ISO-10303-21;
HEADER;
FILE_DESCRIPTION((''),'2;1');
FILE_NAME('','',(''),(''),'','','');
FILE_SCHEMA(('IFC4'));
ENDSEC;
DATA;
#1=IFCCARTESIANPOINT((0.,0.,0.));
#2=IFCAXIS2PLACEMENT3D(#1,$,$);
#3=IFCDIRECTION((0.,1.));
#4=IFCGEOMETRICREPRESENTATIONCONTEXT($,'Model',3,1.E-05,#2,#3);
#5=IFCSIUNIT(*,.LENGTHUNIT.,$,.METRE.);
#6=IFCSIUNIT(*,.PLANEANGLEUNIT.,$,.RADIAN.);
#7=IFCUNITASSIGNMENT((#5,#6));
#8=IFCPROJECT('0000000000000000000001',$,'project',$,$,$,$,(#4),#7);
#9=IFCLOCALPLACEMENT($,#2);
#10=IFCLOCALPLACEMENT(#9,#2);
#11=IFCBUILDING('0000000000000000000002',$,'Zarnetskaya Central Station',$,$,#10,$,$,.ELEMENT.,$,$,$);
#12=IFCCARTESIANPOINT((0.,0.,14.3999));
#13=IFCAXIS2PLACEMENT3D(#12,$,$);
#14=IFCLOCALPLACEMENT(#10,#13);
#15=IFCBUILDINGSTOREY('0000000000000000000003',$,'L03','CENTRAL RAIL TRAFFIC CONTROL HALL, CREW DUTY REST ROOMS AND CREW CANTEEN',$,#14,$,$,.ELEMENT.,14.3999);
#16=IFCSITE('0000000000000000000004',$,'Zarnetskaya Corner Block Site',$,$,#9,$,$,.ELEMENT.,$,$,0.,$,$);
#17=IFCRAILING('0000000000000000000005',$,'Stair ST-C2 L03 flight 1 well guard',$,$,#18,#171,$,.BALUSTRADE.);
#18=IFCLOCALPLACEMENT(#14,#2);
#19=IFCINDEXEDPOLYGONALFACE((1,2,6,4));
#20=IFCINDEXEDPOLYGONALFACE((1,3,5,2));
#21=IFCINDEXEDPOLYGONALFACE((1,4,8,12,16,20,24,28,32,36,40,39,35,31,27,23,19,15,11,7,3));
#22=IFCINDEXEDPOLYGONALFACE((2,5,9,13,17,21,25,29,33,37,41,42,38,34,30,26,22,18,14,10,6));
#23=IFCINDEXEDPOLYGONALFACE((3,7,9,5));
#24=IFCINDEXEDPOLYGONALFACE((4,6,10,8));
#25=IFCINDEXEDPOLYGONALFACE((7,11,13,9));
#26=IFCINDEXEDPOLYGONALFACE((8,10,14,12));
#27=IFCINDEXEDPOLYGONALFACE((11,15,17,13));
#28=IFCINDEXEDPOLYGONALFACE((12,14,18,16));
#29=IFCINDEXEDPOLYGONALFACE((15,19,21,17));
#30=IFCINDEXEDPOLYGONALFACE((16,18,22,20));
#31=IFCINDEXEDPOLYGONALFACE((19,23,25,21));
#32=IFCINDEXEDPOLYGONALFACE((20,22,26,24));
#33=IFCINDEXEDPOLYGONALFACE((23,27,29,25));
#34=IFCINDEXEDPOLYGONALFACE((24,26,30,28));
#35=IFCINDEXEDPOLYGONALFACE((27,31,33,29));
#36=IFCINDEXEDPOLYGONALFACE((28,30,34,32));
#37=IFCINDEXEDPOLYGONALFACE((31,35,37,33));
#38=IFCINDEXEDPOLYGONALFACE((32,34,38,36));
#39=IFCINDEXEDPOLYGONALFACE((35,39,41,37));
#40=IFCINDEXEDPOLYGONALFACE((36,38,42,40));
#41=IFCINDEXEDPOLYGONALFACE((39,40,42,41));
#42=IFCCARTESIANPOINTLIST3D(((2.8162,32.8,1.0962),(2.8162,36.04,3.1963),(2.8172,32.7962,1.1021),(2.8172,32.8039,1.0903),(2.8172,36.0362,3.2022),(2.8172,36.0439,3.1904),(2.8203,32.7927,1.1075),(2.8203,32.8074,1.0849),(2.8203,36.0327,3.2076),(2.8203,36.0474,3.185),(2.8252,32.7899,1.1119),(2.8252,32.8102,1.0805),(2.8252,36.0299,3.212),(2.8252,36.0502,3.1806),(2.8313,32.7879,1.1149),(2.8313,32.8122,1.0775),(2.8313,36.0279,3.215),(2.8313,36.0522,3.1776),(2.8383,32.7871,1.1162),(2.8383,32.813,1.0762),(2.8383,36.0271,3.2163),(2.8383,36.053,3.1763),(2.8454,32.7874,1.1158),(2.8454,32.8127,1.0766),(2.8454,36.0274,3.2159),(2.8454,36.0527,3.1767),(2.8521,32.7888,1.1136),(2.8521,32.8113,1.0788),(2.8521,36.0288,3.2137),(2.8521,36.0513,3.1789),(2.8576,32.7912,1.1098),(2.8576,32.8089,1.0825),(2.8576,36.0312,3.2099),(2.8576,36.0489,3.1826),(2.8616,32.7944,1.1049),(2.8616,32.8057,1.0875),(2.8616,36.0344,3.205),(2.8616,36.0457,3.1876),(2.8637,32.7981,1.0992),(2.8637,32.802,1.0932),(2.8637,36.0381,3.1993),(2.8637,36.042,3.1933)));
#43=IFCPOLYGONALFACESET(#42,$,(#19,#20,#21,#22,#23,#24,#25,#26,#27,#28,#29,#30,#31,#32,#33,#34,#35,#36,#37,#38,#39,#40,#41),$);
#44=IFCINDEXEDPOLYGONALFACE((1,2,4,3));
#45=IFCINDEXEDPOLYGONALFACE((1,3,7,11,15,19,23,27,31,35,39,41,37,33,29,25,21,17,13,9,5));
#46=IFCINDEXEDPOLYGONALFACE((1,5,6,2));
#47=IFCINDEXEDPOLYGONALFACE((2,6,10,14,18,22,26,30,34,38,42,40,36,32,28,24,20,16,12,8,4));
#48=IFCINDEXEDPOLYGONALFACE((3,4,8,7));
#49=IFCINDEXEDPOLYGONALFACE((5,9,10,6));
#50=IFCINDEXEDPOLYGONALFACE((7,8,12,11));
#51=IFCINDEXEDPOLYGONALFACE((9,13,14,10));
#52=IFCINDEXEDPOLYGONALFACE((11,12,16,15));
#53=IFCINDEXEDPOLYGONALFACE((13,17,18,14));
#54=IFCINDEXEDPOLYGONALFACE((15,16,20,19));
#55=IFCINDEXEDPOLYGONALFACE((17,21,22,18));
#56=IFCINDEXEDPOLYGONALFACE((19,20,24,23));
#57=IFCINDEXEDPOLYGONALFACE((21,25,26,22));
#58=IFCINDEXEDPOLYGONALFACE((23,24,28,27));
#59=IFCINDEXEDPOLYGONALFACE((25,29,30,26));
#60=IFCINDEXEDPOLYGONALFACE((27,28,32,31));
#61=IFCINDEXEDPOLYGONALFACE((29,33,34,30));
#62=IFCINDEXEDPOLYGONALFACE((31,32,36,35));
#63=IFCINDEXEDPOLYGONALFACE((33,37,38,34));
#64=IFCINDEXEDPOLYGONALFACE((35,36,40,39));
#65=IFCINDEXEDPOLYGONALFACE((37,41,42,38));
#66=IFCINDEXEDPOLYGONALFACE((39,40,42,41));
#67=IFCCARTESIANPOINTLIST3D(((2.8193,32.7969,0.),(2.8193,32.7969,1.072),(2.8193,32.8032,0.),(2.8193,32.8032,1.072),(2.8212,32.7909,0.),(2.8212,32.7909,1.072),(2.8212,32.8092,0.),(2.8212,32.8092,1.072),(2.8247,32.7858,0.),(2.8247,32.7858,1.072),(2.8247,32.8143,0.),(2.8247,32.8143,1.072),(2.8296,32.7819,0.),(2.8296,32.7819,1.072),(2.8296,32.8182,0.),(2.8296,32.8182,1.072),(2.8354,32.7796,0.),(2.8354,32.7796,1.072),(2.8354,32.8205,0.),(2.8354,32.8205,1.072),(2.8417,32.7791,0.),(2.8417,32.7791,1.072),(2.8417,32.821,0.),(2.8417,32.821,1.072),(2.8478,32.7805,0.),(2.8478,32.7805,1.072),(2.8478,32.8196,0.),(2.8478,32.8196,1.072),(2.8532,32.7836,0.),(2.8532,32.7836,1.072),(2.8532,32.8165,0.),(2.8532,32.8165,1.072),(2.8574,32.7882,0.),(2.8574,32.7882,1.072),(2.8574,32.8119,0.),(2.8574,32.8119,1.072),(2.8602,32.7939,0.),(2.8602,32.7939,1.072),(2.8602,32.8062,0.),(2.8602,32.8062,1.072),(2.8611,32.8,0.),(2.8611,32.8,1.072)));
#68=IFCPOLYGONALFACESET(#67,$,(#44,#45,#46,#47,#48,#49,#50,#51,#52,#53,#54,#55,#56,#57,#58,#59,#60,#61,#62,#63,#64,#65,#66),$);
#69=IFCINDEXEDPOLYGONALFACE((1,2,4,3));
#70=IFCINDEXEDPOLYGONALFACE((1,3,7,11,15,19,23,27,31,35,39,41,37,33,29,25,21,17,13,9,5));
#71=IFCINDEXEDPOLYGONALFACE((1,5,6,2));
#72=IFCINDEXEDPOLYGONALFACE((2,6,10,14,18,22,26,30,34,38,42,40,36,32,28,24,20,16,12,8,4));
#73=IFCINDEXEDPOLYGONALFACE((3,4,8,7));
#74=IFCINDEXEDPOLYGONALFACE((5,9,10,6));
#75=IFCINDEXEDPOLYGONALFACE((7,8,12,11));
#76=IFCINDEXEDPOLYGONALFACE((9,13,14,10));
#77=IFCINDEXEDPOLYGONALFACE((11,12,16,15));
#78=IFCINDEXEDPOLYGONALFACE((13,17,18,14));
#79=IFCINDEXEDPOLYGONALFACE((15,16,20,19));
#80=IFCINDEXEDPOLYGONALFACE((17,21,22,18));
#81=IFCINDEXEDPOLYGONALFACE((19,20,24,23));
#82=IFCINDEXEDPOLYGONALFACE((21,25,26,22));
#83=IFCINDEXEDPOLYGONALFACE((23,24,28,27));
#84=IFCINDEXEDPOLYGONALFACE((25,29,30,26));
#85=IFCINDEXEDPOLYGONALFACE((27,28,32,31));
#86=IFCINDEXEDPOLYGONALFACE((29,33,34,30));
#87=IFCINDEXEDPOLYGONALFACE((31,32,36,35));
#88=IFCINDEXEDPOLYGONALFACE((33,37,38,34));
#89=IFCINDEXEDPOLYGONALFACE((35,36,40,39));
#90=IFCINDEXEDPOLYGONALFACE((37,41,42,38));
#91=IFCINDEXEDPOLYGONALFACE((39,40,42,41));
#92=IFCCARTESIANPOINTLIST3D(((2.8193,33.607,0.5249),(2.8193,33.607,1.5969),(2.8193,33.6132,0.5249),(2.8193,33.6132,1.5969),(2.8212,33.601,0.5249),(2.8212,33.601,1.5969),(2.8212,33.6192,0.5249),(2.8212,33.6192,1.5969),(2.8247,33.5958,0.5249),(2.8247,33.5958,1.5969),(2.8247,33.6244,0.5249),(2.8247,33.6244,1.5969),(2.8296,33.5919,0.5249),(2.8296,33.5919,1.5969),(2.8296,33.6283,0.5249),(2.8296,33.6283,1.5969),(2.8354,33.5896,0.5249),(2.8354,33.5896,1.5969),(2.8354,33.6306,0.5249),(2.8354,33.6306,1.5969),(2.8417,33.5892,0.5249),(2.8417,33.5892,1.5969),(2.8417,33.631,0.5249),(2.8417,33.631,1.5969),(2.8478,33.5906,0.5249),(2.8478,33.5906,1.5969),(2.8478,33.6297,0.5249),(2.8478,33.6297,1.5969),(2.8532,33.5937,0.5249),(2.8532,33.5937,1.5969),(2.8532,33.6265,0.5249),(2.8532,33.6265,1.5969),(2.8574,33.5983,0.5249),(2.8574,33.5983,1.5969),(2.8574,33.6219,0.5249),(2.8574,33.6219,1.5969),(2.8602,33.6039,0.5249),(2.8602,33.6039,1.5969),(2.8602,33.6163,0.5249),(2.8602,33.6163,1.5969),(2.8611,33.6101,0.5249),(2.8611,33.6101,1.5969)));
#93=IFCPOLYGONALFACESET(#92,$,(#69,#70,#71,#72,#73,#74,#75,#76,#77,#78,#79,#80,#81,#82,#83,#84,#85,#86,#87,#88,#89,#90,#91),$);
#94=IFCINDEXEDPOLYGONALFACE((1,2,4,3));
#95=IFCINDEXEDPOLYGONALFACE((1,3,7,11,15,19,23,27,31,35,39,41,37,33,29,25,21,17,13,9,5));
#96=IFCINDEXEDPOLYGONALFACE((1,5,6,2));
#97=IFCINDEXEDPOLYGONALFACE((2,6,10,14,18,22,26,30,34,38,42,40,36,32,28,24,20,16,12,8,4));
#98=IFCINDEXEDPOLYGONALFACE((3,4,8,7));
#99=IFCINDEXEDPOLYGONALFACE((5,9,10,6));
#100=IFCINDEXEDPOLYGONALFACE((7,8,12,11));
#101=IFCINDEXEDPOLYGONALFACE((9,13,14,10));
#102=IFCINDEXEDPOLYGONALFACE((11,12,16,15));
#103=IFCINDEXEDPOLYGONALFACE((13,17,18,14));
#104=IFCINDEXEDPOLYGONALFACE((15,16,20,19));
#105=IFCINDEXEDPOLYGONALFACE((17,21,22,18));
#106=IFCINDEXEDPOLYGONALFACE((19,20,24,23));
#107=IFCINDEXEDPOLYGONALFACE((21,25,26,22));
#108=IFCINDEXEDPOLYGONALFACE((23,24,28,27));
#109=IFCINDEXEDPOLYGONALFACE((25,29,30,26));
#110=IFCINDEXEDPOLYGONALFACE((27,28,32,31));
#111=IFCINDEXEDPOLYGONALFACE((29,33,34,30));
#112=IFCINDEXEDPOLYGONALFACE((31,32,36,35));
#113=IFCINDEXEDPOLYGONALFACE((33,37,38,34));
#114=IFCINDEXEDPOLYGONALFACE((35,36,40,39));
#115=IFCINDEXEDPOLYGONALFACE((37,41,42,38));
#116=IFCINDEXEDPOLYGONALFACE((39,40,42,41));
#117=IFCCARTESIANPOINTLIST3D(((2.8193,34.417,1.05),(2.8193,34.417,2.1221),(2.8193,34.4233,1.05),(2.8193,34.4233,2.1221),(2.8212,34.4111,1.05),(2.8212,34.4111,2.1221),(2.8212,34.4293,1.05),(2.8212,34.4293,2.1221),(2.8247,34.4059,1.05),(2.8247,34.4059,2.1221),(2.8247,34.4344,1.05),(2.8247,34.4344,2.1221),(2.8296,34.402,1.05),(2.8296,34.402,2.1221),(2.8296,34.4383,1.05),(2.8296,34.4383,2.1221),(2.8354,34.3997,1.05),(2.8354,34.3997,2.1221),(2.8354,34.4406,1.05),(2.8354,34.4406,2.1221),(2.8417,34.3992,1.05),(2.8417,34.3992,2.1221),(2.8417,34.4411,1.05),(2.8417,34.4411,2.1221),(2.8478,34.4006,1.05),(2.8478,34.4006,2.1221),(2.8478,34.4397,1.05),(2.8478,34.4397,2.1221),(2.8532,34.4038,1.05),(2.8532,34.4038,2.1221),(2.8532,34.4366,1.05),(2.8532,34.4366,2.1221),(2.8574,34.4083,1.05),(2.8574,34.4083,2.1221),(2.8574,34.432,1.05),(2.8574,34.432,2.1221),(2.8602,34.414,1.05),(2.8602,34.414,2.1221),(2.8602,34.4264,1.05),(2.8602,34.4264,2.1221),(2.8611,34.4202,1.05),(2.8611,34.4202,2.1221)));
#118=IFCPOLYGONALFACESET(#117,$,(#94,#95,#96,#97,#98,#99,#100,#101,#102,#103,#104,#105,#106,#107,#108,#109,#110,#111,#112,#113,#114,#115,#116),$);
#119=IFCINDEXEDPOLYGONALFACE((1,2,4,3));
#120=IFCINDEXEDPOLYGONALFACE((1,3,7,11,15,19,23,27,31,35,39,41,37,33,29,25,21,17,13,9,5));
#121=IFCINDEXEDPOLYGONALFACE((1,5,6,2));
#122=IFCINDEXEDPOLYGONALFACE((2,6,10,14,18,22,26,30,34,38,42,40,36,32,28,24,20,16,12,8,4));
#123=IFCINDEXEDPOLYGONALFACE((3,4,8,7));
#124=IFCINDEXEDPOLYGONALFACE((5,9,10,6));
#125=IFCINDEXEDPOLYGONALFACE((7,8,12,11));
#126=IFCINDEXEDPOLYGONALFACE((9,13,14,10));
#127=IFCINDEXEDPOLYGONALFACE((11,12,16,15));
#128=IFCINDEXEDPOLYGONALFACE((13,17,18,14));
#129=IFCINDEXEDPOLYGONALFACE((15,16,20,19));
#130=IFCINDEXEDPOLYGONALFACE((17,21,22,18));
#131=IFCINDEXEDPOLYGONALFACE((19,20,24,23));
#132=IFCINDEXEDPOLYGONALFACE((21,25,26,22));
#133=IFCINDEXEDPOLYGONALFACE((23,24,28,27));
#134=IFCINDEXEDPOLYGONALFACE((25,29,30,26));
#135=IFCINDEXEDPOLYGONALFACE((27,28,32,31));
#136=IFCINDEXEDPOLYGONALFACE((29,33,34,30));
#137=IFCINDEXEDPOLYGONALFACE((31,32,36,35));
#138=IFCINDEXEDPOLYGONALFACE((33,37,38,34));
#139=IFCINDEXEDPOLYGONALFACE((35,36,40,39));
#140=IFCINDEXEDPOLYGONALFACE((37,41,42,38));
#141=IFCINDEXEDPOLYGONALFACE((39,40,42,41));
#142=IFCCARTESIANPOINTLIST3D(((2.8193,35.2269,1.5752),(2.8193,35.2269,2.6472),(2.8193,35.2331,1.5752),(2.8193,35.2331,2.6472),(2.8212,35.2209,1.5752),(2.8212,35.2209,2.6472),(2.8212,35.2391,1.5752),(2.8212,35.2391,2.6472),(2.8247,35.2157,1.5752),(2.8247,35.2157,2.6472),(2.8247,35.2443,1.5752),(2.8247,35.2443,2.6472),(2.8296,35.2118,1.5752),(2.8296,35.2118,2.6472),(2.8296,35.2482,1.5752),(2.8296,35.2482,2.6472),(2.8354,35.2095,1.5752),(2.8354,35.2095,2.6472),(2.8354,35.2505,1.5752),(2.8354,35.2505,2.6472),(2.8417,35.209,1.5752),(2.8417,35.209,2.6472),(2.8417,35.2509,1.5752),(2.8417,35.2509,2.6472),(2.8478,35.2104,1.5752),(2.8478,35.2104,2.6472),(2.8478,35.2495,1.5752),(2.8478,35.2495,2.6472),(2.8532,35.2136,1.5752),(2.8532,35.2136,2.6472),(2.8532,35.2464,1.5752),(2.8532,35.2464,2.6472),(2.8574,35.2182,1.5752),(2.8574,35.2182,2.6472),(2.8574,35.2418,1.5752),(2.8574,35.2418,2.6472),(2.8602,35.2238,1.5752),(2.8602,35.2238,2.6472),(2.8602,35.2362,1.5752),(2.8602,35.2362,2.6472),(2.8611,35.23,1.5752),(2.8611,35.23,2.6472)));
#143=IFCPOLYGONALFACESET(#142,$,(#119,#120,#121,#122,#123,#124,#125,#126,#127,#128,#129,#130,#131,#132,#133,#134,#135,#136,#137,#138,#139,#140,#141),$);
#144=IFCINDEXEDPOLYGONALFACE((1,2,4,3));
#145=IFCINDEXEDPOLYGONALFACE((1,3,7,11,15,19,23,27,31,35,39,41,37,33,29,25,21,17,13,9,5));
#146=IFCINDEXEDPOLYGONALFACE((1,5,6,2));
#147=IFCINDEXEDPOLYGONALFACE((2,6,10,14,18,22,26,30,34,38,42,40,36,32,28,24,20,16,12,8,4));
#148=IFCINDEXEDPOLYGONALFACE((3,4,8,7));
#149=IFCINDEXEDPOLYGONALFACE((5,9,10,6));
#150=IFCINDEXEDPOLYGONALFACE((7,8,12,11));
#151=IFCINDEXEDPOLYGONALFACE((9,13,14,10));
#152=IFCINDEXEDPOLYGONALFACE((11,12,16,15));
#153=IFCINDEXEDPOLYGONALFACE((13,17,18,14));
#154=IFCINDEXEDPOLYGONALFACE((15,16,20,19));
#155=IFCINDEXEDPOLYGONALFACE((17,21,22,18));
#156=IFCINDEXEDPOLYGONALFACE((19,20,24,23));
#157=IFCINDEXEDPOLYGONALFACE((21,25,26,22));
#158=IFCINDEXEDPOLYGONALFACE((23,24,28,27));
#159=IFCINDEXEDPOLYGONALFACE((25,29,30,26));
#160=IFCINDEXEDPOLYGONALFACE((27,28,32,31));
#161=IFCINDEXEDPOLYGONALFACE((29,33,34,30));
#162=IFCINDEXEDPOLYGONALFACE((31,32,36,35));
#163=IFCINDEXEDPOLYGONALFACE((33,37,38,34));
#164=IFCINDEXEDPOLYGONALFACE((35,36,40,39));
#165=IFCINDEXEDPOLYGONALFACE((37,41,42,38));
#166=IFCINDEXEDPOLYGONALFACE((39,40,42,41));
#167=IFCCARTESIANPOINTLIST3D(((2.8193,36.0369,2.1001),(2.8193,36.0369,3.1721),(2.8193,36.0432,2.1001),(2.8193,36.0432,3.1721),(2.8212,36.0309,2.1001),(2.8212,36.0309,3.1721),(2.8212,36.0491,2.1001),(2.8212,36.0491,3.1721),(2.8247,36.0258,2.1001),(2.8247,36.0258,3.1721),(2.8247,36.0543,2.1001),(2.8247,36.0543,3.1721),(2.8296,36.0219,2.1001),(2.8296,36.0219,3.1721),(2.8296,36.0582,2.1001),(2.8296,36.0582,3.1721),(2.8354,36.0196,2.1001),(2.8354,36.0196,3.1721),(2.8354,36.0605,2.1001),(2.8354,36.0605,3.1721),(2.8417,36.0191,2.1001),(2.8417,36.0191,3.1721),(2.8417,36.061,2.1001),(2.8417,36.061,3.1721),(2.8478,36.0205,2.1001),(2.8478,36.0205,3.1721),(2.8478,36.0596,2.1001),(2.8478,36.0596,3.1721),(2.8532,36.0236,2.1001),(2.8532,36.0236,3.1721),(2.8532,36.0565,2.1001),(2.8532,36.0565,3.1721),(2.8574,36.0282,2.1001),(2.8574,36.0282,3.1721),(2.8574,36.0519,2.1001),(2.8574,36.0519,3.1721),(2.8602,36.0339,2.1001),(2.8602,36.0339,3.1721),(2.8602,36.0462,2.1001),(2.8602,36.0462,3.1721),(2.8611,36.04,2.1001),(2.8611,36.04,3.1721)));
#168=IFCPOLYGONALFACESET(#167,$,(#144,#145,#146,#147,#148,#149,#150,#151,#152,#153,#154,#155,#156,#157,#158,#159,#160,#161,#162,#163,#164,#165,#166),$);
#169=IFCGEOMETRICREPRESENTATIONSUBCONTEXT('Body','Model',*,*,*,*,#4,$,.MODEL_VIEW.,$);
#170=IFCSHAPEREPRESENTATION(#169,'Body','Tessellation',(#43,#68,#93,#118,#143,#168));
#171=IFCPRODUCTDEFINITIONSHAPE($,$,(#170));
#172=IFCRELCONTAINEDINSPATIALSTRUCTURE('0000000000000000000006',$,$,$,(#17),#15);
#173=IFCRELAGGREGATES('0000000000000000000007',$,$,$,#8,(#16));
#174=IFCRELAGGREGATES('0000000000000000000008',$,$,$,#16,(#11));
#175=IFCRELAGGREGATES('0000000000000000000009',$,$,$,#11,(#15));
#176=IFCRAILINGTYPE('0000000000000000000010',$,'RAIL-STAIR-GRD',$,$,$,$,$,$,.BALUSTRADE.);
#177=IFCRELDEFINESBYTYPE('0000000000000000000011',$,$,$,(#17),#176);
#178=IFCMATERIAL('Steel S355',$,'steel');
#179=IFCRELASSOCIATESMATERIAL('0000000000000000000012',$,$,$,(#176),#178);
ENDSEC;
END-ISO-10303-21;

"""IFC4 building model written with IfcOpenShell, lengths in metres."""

from ifc_helpers import new_model, si_unit, direction, frame, origin, origin_2d, place, context, subcontext, project, spatial, circle, extrude, material, type_object, element, save


model = new_model("IFC4")

# Units and contexts
model_context = context("Model", 3, precision=1e-05, world=origin(), true_north=direction((0.0, 1.0)))
body_context = subcontext(model_context, "Body", "Model", "MODEL_VIEW")
ifc_project = project(units=[si_unit("LENGTHUNIT", "METRE"), si_unit("PLANEANGLEUNIT", "RADIAN")], contexts=[model_context])

# Site, building, storey
site_placement = place(None, origin())
site = spatial("IfcSite", under=ifc_project, at=site_placement, Name="Zarnetskaya Corner Block Site", CompositionType="ELEMENT", RefElevation=0.0)
building_placement = place(site_placement, origin())
building = spatial("IfcBuilding", under=site, at=building_placement, Name="Zarnetskaya Central Station", CompositionType="ELEMENT")
storey_placement = place(building_placement, frame((0.0, 0.0, 14.3999)))
storey = spatial("IfcBuildingStorey", under=building, at=storey_placement, Name="L03", Description="CENTRAL RAIL TRAFFIC CONTROL HALL, CREW DUTY REST ROOMS AND CREW CANTEEN", CompositionType="ELEMENT", Elevation=14.3999)

# Shared definitions
ifc_material_1 = material(Name="Steel S355", Category="steel")

# Railing
railing_type = type_object("IfcRailingType", Name="RAIL-STAIR-GRD", PredefinedType="BALUSTRADE", material=ifc_material_1)
railing_1_placement = place(storey_placement, frame((2.8401, 32.8, 0.0)))
element("IfcRailing", 1, at=railing_1_placement, inside=storey, type_object=railing_type, Name="Stair ST-C2 L03 flight 1 well guard", PredefinedType="BALUSTRADE", context=body_context, shape_type="SweptSolid", body=[
    extrude(circle(Radius=0.0239, at=origin_2d()), frame((0.0, 0.0, 1.0962), z_axis=(0.0, 0.839141, 0.543914), x_axis=(-1.0, 0.0, 0.0)), (0.0, 0.0, 1.0), 3.8611),
    extrude(circle(Radius=0.021, at=origin_2d()), origin(), (0.0, 0.0, 1.0), 1.072),
    extrude(circle(Radius=0.021, at=origin_2d()), frame((0.0, 0.8101, 0.5249)), (0.0, 0.0, 1.0), 1.072),
    extrude(circle(Radius=0.021, at=origin_2d()), frame((0.0, 1.6201, 1.05)), (0.0, 0.0, 1.0), 1.072),
    extrude(circle(Radius=0.021, at=origin_2d()), frame((0.0, 2.4299, 1.5752)), (0.0, 0.0, 1.0), 1.072),
    extrude(circle(Radius=0.021, at=origin_2d()), frame((0.0, 3.24, 2.1001)), (0.0, 0.0, 1.0), 1.072),
])

save(model, "model.ifc")
